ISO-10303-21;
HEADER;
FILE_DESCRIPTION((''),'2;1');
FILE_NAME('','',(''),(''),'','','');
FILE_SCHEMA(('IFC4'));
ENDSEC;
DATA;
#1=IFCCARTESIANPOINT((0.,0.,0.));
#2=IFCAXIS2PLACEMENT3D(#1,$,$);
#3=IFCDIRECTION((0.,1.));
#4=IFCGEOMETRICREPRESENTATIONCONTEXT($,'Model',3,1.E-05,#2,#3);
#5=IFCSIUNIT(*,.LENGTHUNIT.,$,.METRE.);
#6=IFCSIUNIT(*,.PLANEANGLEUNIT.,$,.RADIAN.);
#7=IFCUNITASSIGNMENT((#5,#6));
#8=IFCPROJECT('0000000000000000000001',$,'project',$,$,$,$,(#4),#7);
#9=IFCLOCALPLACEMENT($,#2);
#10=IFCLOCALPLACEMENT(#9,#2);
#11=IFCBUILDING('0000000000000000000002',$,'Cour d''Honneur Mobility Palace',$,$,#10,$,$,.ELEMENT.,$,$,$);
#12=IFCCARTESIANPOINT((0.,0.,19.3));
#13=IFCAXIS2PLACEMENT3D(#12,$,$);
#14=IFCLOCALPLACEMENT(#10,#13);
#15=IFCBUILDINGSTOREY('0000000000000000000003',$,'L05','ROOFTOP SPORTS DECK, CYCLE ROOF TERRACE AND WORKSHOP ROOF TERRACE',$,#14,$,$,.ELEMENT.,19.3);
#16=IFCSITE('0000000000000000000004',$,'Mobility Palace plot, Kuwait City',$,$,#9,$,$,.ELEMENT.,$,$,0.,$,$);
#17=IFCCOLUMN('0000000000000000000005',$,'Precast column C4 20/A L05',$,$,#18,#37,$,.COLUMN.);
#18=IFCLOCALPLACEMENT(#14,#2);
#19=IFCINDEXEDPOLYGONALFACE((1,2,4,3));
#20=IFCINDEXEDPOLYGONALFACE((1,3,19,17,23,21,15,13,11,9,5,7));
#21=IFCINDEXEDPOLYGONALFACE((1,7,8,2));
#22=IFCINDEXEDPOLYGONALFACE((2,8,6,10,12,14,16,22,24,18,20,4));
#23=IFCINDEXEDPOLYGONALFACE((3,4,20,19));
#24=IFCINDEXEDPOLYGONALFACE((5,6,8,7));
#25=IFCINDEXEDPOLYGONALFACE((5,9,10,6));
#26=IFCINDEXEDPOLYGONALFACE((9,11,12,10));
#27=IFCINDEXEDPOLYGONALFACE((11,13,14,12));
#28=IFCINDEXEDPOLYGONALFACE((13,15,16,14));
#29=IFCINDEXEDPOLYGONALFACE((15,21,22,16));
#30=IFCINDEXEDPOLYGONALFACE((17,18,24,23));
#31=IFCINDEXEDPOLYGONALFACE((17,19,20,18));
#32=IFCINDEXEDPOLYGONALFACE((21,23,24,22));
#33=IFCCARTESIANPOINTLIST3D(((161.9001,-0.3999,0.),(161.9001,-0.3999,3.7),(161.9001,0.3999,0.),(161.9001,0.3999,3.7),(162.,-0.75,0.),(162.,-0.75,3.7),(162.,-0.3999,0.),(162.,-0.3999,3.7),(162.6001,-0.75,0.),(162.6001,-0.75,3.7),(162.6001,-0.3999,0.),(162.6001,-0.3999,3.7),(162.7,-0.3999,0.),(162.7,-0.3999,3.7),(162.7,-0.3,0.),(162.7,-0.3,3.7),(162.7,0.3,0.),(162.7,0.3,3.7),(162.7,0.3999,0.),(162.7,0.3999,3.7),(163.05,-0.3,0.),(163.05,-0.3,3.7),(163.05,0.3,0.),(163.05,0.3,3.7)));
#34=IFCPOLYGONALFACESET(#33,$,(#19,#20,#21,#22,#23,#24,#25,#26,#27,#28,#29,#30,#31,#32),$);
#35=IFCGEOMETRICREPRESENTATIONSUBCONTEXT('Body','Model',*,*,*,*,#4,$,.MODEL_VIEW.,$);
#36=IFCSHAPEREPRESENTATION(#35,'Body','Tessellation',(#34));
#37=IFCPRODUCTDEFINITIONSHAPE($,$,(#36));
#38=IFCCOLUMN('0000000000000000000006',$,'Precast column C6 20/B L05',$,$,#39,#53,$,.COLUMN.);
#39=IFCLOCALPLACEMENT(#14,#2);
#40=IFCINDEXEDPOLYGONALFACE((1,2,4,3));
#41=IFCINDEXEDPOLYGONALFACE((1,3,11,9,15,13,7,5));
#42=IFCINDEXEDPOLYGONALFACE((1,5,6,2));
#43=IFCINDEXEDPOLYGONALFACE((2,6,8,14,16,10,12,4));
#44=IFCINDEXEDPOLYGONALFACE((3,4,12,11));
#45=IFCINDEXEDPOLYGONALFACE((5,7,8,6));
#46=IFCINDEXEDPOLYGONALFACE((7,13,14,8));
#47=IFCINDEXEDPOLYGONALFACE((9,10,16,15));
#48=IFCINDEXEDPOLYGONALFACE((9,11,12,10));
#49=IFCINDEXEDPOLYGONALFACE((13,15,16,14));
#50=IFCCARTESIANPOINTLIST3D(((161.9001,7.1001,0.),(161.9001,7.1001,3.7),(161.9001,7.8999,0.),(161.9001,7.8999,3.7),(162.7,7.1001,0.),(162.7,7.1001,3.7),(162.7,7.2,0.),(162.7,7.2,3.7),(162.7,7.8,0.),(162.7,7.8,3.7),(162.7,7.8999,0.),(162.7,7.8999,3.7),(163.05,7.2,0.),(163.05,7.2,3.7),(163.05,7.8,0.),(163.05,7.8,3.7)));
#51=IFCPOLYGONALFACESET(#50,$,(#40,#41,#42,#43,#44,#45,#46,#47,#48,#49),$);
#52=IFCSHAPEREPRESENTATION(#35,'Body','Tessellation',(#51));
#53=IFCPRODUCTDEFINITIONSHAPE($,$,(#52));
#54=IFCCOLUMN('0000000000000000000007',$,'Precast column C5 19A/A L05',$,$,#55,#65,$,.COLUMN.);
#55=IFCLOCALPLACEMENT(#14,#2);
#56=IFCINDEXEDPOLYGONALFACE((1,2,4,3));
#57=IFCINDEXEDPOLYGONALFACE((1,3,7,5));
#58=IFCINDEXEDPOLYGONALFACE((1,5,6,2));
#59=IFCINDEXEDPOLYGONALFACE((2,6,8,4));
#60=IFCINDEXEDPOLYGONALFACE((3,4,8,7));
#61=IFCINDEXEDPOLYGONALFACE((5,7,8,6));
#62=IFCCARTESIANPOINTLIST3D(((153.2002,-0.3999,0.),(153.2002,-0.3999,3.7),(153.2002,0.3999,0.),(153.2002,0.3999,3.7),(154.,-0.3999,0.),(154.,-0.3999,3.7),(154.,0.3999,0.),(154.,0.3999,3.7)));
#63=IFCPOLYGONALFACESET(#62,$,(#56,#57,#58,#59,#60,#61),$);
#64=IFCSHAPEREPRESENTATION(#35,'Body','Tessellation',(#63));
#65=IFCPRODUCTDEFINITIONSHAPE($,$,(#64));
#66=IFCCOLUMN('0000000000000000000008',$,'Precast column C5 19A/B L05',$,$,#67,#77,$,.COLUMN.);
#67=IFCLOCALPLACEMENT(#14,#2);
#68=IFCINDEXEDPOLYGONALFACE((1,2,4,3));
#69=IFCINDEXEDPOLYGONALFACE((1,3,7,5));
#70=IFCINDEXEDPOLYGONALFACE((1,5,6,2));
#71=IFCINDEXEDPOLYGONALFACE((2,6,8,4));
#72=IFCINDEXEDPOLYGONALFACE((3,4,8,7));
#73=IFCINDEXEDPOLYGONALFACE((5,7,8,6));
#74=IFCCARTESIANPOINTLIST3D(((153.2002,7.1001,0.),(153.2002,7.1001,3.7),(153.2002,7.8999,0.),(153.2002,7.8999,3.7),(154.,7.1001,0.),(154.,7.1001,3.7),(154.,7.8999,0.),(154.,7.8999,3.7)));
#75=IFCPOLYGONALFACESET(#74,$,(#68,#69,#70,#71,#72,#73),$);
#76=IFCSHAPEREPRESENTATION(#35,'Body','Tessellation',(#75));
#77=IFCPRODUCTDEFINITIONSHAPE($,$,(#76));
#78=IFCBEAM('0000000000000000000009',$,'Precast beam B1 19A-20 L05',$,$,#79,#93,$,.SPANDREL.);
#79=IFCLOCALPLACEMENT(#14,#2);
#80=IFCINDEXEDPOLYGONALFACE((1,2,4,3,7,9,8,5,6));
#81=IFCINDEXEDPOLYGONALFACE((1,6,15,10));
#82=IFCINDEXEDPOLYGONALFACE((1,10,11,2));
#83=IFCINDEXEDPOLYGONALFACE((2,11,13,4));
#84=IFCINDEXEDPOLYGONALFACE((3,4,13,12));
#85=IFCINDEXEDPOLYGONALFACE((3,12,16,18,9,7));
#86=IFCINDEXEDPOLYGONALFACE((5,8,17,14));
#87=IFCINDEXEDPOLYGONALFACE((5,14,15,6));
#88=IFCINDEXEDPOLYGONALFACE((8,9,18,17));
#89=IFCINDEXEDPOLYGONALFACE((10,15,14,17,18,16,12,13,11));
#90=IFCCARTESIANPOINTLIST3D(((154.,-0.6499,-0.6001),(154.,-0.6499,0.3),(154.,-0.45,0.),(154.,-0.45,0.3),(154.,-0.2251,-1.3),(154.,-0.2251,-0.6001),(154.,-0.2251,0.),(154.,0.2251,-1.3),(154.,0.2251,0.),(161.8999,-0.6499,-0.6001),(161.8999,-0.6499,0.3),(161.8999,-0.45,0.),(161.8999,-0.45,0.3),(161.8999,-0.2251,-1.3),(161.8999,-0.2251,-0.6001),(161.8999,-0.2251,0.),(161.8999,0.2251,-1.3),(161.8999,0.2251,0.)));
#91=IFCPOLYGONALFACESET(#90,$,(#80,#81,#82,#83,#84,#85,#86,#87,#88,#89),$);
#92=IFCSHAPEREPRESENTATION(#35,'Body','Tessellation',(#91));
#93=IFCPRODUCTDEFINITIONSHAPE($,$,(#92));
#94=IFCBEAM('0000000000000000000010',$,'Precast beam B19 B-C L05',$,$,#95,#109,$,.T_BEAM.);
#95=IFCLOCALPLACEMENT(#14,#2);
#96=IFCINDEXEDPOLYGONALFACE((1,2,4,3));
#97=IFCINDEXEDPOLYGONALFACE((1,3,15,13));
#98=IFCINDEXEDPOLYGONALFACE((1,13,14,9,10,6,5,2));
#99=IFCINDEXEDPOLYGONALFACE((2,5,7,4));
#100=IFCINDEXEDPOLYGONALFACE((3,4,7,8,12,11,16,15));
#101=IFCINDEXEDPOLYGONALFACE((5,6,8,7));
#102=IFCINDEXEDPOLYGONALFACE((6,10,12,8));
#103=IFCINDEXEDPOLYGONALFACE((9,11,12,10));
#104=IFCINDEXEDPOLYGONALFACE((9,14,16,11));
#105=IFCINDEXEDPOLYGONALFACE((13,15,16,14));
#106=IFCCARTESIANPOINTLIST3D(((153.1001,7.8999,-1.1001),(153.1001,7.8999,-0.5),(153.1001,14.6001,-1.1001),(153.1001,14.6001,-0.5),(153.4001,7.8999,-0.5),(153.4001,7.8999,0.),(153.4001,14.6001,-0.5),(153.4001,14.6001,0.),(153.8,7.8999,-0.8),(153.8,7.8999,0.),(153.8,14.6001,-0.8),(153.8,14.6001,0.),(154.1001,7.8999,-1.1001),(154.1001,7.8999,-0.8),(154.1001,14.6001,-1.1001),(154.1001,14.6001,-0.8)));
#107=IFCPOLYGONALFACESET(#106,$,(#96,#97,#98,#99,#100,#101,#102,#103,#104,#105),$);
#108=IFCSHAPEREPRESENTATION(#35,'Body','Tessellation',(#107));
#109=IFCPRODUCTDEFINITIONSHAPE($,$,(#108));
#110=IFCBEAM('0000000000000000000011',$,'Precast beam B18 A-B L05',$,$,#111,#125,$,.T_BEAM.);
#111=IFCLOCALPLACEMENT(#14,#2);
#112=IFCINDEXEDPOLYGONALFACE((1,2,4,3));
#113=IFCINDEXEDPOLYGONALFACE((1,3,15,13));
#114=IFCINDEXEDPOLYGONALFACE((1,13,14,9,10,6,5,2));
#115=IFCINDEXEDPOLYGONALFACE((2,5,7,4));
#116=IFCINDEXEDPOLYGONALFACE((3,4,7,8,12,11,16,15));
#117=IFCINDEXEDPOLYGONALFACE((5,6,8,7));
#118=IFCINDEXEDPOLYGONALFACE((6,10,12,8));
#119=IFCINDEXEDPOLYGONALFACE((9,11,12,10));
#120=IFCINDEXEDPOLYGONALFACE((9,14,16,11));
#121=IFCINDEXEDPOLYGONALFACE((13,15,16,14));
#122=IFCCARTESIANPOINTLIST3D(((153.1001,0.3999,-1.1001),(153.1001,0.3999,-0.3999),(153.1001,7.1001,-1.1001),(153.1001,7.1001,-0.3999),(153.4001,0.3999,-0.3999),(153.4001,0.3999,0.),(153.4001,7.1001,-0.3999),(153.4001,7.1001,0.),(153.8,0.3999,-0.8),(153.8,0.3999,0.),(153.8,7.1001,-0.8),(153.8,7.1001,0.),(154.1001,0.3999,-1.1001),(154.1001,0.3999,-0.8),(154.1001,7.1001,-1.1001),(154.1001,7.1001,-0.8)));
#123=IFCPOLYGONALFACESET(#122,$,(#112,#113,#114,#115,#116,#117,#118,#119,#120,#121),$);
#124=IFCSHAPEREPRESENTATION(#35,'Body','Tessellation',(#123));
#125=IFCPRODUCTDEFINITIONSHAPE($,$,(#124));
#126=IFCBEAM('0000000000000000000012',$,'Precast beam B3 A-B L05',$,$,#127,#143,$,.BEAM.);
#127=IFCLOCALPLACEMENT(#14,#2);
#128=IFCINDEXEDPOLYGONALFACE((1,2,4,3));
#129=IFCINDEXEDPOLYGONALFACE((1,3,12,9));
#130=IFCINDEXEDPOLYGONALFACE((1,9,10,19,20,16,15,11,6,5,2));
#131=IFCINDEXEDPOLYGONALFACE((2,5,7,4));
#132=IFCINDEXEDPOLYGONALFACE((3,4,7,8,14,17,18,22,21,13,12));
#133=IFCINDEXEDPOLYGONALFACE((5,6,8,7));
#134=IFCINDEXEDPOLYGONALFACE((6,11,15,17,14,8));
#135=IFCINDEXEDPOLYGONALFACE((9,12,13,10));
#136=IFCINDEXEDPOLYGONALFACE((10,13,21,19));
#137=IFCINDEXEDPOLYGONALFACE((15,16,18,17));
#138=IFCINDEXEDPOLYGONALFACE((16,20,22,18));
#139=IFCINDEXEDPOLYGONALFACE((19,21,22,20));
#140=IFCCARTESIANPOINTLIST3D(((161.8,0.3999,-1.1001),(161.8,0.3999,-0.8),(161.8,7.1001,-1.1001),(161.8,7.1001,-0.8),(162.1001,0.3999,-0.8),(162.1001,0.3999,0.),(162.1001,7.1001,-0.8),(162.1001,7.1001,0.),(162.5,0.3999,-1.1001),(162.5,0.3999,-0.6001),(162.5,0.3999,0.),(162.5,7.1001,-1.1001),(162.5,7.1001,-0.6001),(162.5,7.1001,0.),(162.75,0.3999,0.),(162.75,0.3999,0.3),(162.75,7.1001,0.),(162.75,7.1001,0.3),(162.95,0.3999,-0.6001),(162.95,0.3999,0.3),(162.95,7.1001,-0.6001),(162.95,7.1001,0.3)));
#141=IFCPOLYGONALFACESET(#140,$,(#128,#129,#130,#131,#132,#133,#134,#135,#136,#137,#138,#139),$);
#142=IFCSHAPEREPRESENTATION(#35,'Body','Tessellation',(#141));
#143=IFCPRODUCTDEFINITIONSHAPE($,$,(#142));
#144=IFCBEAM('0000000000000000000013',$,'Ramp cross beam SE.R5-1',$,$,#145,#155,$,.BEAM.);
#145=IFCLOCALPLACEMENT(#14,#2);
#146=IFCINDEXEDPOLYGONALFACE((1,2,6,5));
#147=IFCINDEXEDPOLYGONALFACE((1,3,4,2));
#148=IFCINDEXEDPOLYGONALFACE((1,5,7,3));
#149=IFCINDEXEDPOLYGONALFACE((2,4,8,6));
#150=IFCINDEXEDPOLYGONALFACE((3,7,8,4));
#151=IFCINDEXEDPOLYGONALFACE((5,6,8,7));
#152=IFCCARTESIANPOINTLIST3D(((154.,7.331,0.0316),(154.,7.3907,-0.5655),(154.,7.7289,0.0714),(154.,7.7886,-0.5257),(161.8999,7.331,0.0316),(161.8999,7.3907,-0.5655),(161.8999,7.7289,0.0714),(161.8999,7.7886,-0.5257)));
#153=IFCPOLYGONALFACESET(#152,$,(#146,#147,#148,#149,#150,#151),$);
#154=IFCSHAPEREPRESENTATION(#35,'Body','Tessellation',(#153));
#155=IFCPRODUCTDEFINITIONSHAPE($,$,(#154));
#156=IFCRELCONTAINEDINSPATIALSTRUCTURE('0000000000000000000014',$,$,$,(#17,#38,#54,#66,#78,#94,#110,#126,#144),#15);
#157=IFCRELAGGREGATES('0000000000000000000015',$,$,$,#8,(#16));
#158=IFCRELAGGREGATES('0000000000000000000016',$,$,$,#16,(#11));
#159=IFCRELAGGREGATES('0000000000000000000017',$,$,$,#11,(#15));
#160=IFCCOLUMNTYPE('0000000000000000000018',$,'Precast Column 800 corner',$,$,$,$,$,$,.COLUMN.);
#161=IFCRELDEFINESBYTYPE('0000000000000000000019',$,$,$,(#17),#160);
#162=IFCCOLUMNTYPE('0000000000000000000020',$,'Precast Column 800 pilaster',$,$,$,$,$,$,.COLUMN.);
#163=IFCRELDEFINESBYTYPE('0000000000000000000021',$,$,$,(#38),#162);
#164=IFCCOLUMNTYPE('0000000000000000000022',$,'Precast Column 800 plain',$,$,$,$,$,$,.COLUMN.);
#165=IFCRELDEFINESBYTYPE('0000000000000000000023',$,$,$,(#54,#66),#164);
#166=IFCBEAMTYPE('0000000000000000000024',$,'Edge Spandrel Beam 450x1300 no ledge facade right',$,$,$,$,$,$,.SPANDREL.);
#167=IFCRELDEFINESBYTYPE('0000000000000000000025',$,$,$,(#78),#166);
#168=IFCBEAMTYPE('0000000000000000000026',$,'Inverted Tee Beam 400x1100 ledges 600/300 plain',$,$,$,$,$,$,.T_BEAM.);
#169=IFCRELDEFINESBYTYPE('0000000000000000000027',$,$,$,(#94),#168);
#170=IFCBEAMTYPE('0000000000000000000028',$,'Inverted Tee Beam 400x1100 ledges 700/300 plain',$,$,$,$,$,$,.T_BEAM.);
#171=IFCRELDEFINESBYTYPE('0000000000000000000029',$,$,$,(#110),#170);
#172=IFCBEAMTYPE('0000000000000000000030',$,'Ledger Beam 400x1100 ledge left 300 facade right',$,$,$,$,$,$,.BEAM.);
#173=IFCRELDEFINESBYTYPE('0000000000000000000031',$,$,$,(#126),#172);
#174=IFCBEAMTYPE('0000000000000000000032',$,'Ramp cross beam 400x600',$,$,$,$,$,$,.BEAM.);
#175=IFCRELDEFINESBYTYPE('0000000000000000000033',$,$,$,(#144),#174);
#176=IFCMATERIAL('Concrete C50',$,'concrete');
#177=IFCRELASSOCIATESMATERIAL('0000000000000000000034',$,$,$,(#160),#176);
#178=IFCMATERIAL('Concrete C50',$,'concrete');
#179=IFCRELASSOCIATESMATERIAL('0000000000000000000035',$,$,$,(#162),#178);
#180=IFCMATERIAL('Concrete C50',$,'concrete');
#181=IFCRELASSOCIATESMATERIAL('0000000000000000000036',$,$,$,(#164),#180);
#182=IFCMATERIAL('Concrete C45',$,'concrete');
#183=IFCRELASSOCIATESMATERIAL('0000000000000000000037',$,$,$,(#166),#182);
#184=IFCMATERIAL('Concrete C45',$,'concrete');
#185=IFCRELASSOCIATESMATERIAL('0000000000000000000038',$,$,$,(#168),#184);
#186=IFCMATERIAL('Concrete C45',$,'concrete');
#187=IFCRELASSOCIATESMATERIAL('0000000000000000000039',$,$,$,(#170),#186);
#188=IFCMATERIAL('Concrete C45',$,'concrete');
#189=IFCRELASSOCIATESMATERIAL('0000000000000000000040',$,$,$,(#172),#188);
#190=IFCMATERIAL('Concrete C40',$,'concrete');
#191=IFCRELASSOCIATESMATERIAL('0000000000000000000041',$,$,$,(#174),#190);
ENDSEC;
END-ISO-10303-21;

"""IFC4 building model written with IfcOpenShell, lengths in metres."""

from ifc_helpers import new_model, si_unit, direction, frame, origin, origin_2d, place, context, subcontext, project, spatial, polyline, rectangle, outline, extrude, material, material_profile, profile_set, type_object, element, save


model = new_model("IFC4")

# Units and contexts
model_context = context("Model", 3, precision=1e-05, world=origin(), true_north=direction((0.0, 1.0)))
body_context = subcontext(model_context, "Body", "Model", "MODEL_VIEW")
ifc_project = project(units=[si_unit("LENGTHUNIT", "METRE"), si_unit("PLANEANGLEUNIT", "RADIAN")], contexts=[model_context])

# Site, building, storey
site_placement = place(None, origin())
site = spatial("IfcSite", under=ifc_project, at=site_placement, Name="Mobility Palace plot, Kuwait City", CompositionType="ELEMENT", RefElevation=0.0)
building_placement = place(site_placement, origin())
building = spatial("IfcBuilding", under=site, at=building_placement, Name="Cour d'Honneur Mobility Palace", CompositionType="ELEMENT")
storey_placement = place(building_placement, frame((0.0, 0.0, 19.3)))
storey = spatial("IfcBuildingStorey", under=building, at=storey_placement, Name="L05", Description="ROOFTOP SPORTS DECK, CYCLE ROOF TERRACE AND WORKSHOP ROOF TERRACE", CompositionType="ELEMENT", Elevation=19.3)

# Columns
ifc_material_1 = material(Name="Concrete C50", Category="concrete")
ifc_material_profile_1 = material_profile(ifc_material_1, outline(polyline([(-0.3999, -0.3999), (0.3999, -0.3999), (0.3999, -0.3), (0.75, -0.3), (0.75, 0.3), (0.3999, 0.3), (0.3999, 0.3999), (0.3, 0.3999), (0.3, 0.75), (-0.3, 0.75), (-0.3, 0.3999), (-0.3999, 0.3999), (-0.3999, -0.3999)])), Name="PC C800 corner")
ifc_profile_set_1 = profile_set([ifc_material_profile_1], Name="Concrete C50")
column_type_1 = type_object("IfcColumnType", Name="Precast Column 800 corner", PredefinedType="COLUMN", material=ifc_profile_set_1)
column_1_placement = place(storey_placement, frame((162.3, 0.0, 0.0), z_axis=(0.0, 0.0, 1.0), x_axis=(0.0, -1.0, 0.0)))
element("IfcColumn", 1, at=column_1_placement, inside=storey, type_object=column_type_1, Name="Precast column C4 20/A L05", PredefinedType="COLUMN", context=body_context, shape_type="SweptSolid", body=[
    extrude(outline(polyline([(-0.3999, -0.3999), (0.3999, -0.3999), (0.3999, -0.3), (0.75, -0.3), (0.75, 0.3), (0.3999, 0.3), (0.3999, 0.3999), (0.3, 0.3999), (0.3, 0.75), (-0.3, 0.75), (-0.3, 0.3999), (-0.3999, 0.3999), (-0.3999, -0.3999)])), origin(), (0.0, 0.0, 1.0), 3.7),
])
ifc_material_2 = material(Name="Concrete C50", Category="concrete")
ifc_material_profile_2 = material_profile(ifc_material_2, outline(polyline([(-0.3999, -0.3999), (0.3999, -0.3999), (0.3999, -0.3), (0.75, -0.3), (0.75, 0.3), (0.3999, 0.3), (0.3999, 0.3999), (-0.3999, 0.3999), (-0.3999, -0.3999)])), Name="PC C800 pilaster")
ifc_profile_set_2 = profile_set([ifc_material_profile_2], Name="Concrete C50")
column_type_2 = type_object("IfcColumnType", Name="Precast Column 800 pilaster", PredefinedType="COLUMN", material=ifc_profile_set_2)
column_2_placement = place(storey_placement, frame((162.3, 7.5, 0.0), z_axis=(0.0, 0.0, 1.0), x_axis=(1.0, 0.0, 0.0)))
element("IfcColumn", 2, at=column_2_placement, inside=storey, type_object=column_type_2, Name="Precast column C6 20/B L05", PredefinedType="COLUMN", context=body_context, shape_type="SweptSolid", body=[
    extrude(outline(polyline([(-0.3999, -0.3999), (0.3999, -0.3999), (0.3999, -0.3), (0.75, -0.3), (0.75, 0.3), (0.3999, 0.3), (0.3999, 0.3999), (-0.3999, 0.3999), (-0.3999, -0.3999)])), origin(), (0.0, 0.0, 1.0), 3.7),
])
ifc_material_3 = material(Name="Concrete C50", Category="concrete")
ifc_material_profile_3 = material_profile(ifc_material_3, outline(polyline([(-0.3999, -0.3999), (0.3999, -0.3999), (0.3999, 0.3999), (-0.3999, 0.3999), (-0.3999, -0.3999)])), Name="PC C800 plain")
ifc_profile_set_3 = profile_set([ifc_material_profile_3], Name="Concrete C50")
column_type_3 = type_object("IfcColumnType", Name="Precast Column 800 plain", PredefinedType="COLUMN", material=ifc_profile_set_3)
for number, where, z_axis, x_axis, name in (
    (3, (153.6001, 0.0, 0.0), (0.0, 0.0, 1.0), (1.0, 0.0, 0.0), "Precast column C5 19A/A L05"),
    (4, (153.6001, 7.5, 0.0), (0.0, 0.0, 1.0), (1.0, 0.0, 0.0), "Precast column C5 19A/B L05"),
):
    element("IfcColumn", number, at=place(storey_placement, frame(where, z_axis=z_axis, x_axis=x_axis)), inside=storey, type_object=column_type_3, Name=name, PredefinedType="COLUMN", context=body_context, shape_type="SweptSolid", body=[
        extrude(outline(polyline([(-0.3999, -0.3999), (0.3999, -0.3999), (0.3999, 0.3999), (-0.3999, 0.3999), (-0.3999, -0.3999)])), origin(), (0.0, 0.0, 1.0), 3.7),
    ])

# Beams
ifc_material_4 = material(Name="Concrete C45", Category="concrete")
ifc_material_profile_4 = material_profile(ifc_material_4, outline(polyline([(0.2251, -1.3), (0.2251, 0.0), (-0.2251, 0.0), (-0.45, 0.0), (-0.45, 0.3), (-0.6499, 0.3), (-0.6499, -0.6001), (-0.2251, -0.6001), (-0.2251, -1.3), (0.2251, -1.3)])), Name="Edge Spandrel Beam 450x1300 no ledge facade right")
ifc_profile_set_4 = profile_set([ifc_material_profile_4], Name="Concrete C45")
beam_type_1 = type_object("IfcBeamType", Name="Edge Spandrel Beam 450x1300 no ledge facade right", PredefinedType="SPANDREL", material=ifc_profile_set_4)
beam_1_placement = place(storey_placement, frame((154.0, 0.0, 0.0), z_axis=(1.0, 0.0, 0.0), x_axis=(0.0, 1.0, 0.0)))
element("IfcBeam", 5, at=beam_1_placement, inside=storey, type_object=beam_type_1, Name="Precast beam B1 19A-20 L05", PredefinedType="SPANDREL", context=body_context, shape_type="SweptSolid", body=[
    extrude(outline(polyline([(0.2251, -1.3), (0.2251, 0.0), (-0.2251, 0.0), (-0.45, 0.0), (-0.45, 0.3), (-0.6499, 0.3), (-0.6499, -0.6001), (-0.2251, -0.6001), (-0.2251, -1.3), (0.2251, -1.3)])), origin(), (0.0, 0.0, 1.0), 7.8999),
])
ifc_material_5 = material(Name="Concrete C45", Category="concrete")
ifc_material_profile_5 = material_profile(ifc_material_5, outline(polyline([(0.5, -1.1001), (0.5, -0.5), (0.2, -0.5), (0.2, 0.0), (-0.2, 0.0), (-0.2, -0.8), (-0.5, -0.8), (-0.5, -1.1001), (0.5, -1.1001)])), Name="Inverted Tee Beam 400x1100 ledges 600/300 plain")
ifc_profile_set_5 = profile_set([ifc_material_profile_5], Name="Concrete C45")
beam_type_2 = type_object("IfcBeamType", Name="Inverted Tee Beam 400x1100 ledges 600/300 plain", PredefinedType="T_BEAM", material=ifc_profile_set_5)
beam_2_placement = place(storey_placement, frame((153.6001, 7.8999, 0.0), z_axis=(0.0, 1.0, 0.0), x_axis=(-1.0, 0.0, 0.0)))
element("IfcBeam", 6, at=beam_2_placement, inside=storey, type_object=beam_type_2, Name="Precast beam B19 B-C L05", PredefinedType="T_BEAM", context=body_context, shape_type="SweptSolid", body=[
    extrude(outline(polyline([(0.5, -1.1001), (0.5, -0.5), (0.2, -0.5), (0.2, 0.0), (-0.2, 0.0), (-0.2, -0.8), (-0.5, -0.8), (-0.5, -1.1001), (0.5, -1.1001)])), origin(), (0.0, 0.0, 1.0), 6.7002),
])
ifc_material_6 = material(Name="Concrete C45", Category="concrete")
ifc_material_profile_6 = material_profile(ifc_material_6, outline(polyline([(0.5, -1.1001), (0.5, -0.3999), (0.2, -0.3999), (0.2, 0.0), (-0.2, 0.0), (-0.2, -0.8), (-0.5, -0.8), (-0.5, -1.1001), (0.5, -1.1001)])), Name="Inverted Tee Beam 400x1100 ledges 700/300 plain")
ifc_profile_set_6 = profile_set([ifc_material_profile_6], Name="Concrete C45")
beam_type_3 = type_object("IfcBeamType", Name="Inverted Tee Beam 400x1100 ledges 700/300 plain", PredefinedType="T_BEAM", material=ifc_profile_set_6)
beam_3_placement = place(storey_placement, frame((153.6001, 0.3999, 0.0), z_axis=(0.0, 1.0, 0.0), x_axis=(-1.0, 0.0, 0.0)))
element("IfcBeam", 7, at=beam_3_placement, inside=storey, type_object=beam_type_3, Name="Precast beam B18 A-B L05", PredefinedType="T_BEAM", context=body_context, shape_type="SweptSolid", body=[
    extrude(outline(polyline([(0.5, -1.1001), (0.5, -0.3999), (0.2, -0.3999), (0.2, 0.0), (-0.2, 0.0), (-0.2, -0.8), (-0.5, -0.8), (-0.5, -1.1001), (0.5, -1.1001)])), origin(), (0.0, 0.0, 1.0), 6.7002),
])
ifc_material_7 = material(Name="Concrete C45", Category="concrete")
ifc_material_profile_7 = material_profile(ifc_material_7, outline(polyline([(0.5, -1.1001), (0.5, -0.8), (0.2, -0.8), (0.2, 0.0), (-0.2, 0.0), (-0.45, 0.0), (-0.45, 0.3), (-0.6499, 0.3), (-0.6499, -0.6001), (-0.2, -0.6001), (-0.2, -1.1001), (0.5, -1.1001)])), Name="Ledger Beam 400x1100 ledge left 300 facade right")
ifc_profile_set_7 = profile_set([ifc_material_profile_7], Name="Concrete C45")
beam_type_4 = type_object("IfcBeamType", Name="Ledger Beam 400x1100 ledge left 300 facade right", PredefinedType="BEAM", material=ifc_profile_set_7)
beam_4_placement = place(storey_placement, frame((162.3, 0.3999, 0.0), z_axis=(0.0, 1.0, 0.0), x_axis=(-1.0, 0.0, 0.0)))
element("IfcBeam", 8, at=beam_4_placement, inside=storey, type_object=beam_type_4, Name="Precast beam B3 A-B L05", PredefinedType="BEAM", context=body_context, shape_type="SweptSolid", body=[
    extrude(outline(polyline([(0.5, -1.1001), (0.5, -0.8), (0.2, -0.8), (0.2, 0.0), (-0.2, 0.0), (-0.45, 0.0), (-0.45, 0.3), (-0.6499, 0.3), (-0.6499, -0.6001), (-0.2, -0.6001), (-0.2, -1.1001), (0.5, -1.1001)])), origin(), (0.0, 0.0, 1.0), 6.7002),
])
ifc_material_8 = material(Name="Concrete C40", Category="concrete")
ifc_material_profile_8 = material_profile(ifc_material_8, rectangle(XDim=0.3999, YDim=0.6001, at=origin_2d()), Name="Ramp cross beam 400x600")
ifc_profile_set_8 = profile_set([ifc_material_profile_8], Name="Concrete C40")
beam_type_5 = type_object("IfcBeamType", Name="Ramp cross beam 400x600", PredefinedType="BEAM", material=ifc_profile_set_8)
beam_5_placement = place(storey_placement, frame((161.8999, 7.5598, -0.2471), z_axis=(-1.0, 0.0, 0.0), x_axis=(0.0, -0.995037, -0.099504)))
element("IfcBeam", 9, at=beam_5_placement, inside=storey, type_object=beam_type_5, Name="Ramp cross beam SE.R5-1", PredefinedType="BEAM", context=body_context, shape_type="SweptSolid", body=[
    extrude(rectangle(XDim=0.3999, YDim=0.6001, at=origin_2d()), origin(), (0.0, 0.0, 1.0), 7.8999),
])

save(model, "model.ifc")
